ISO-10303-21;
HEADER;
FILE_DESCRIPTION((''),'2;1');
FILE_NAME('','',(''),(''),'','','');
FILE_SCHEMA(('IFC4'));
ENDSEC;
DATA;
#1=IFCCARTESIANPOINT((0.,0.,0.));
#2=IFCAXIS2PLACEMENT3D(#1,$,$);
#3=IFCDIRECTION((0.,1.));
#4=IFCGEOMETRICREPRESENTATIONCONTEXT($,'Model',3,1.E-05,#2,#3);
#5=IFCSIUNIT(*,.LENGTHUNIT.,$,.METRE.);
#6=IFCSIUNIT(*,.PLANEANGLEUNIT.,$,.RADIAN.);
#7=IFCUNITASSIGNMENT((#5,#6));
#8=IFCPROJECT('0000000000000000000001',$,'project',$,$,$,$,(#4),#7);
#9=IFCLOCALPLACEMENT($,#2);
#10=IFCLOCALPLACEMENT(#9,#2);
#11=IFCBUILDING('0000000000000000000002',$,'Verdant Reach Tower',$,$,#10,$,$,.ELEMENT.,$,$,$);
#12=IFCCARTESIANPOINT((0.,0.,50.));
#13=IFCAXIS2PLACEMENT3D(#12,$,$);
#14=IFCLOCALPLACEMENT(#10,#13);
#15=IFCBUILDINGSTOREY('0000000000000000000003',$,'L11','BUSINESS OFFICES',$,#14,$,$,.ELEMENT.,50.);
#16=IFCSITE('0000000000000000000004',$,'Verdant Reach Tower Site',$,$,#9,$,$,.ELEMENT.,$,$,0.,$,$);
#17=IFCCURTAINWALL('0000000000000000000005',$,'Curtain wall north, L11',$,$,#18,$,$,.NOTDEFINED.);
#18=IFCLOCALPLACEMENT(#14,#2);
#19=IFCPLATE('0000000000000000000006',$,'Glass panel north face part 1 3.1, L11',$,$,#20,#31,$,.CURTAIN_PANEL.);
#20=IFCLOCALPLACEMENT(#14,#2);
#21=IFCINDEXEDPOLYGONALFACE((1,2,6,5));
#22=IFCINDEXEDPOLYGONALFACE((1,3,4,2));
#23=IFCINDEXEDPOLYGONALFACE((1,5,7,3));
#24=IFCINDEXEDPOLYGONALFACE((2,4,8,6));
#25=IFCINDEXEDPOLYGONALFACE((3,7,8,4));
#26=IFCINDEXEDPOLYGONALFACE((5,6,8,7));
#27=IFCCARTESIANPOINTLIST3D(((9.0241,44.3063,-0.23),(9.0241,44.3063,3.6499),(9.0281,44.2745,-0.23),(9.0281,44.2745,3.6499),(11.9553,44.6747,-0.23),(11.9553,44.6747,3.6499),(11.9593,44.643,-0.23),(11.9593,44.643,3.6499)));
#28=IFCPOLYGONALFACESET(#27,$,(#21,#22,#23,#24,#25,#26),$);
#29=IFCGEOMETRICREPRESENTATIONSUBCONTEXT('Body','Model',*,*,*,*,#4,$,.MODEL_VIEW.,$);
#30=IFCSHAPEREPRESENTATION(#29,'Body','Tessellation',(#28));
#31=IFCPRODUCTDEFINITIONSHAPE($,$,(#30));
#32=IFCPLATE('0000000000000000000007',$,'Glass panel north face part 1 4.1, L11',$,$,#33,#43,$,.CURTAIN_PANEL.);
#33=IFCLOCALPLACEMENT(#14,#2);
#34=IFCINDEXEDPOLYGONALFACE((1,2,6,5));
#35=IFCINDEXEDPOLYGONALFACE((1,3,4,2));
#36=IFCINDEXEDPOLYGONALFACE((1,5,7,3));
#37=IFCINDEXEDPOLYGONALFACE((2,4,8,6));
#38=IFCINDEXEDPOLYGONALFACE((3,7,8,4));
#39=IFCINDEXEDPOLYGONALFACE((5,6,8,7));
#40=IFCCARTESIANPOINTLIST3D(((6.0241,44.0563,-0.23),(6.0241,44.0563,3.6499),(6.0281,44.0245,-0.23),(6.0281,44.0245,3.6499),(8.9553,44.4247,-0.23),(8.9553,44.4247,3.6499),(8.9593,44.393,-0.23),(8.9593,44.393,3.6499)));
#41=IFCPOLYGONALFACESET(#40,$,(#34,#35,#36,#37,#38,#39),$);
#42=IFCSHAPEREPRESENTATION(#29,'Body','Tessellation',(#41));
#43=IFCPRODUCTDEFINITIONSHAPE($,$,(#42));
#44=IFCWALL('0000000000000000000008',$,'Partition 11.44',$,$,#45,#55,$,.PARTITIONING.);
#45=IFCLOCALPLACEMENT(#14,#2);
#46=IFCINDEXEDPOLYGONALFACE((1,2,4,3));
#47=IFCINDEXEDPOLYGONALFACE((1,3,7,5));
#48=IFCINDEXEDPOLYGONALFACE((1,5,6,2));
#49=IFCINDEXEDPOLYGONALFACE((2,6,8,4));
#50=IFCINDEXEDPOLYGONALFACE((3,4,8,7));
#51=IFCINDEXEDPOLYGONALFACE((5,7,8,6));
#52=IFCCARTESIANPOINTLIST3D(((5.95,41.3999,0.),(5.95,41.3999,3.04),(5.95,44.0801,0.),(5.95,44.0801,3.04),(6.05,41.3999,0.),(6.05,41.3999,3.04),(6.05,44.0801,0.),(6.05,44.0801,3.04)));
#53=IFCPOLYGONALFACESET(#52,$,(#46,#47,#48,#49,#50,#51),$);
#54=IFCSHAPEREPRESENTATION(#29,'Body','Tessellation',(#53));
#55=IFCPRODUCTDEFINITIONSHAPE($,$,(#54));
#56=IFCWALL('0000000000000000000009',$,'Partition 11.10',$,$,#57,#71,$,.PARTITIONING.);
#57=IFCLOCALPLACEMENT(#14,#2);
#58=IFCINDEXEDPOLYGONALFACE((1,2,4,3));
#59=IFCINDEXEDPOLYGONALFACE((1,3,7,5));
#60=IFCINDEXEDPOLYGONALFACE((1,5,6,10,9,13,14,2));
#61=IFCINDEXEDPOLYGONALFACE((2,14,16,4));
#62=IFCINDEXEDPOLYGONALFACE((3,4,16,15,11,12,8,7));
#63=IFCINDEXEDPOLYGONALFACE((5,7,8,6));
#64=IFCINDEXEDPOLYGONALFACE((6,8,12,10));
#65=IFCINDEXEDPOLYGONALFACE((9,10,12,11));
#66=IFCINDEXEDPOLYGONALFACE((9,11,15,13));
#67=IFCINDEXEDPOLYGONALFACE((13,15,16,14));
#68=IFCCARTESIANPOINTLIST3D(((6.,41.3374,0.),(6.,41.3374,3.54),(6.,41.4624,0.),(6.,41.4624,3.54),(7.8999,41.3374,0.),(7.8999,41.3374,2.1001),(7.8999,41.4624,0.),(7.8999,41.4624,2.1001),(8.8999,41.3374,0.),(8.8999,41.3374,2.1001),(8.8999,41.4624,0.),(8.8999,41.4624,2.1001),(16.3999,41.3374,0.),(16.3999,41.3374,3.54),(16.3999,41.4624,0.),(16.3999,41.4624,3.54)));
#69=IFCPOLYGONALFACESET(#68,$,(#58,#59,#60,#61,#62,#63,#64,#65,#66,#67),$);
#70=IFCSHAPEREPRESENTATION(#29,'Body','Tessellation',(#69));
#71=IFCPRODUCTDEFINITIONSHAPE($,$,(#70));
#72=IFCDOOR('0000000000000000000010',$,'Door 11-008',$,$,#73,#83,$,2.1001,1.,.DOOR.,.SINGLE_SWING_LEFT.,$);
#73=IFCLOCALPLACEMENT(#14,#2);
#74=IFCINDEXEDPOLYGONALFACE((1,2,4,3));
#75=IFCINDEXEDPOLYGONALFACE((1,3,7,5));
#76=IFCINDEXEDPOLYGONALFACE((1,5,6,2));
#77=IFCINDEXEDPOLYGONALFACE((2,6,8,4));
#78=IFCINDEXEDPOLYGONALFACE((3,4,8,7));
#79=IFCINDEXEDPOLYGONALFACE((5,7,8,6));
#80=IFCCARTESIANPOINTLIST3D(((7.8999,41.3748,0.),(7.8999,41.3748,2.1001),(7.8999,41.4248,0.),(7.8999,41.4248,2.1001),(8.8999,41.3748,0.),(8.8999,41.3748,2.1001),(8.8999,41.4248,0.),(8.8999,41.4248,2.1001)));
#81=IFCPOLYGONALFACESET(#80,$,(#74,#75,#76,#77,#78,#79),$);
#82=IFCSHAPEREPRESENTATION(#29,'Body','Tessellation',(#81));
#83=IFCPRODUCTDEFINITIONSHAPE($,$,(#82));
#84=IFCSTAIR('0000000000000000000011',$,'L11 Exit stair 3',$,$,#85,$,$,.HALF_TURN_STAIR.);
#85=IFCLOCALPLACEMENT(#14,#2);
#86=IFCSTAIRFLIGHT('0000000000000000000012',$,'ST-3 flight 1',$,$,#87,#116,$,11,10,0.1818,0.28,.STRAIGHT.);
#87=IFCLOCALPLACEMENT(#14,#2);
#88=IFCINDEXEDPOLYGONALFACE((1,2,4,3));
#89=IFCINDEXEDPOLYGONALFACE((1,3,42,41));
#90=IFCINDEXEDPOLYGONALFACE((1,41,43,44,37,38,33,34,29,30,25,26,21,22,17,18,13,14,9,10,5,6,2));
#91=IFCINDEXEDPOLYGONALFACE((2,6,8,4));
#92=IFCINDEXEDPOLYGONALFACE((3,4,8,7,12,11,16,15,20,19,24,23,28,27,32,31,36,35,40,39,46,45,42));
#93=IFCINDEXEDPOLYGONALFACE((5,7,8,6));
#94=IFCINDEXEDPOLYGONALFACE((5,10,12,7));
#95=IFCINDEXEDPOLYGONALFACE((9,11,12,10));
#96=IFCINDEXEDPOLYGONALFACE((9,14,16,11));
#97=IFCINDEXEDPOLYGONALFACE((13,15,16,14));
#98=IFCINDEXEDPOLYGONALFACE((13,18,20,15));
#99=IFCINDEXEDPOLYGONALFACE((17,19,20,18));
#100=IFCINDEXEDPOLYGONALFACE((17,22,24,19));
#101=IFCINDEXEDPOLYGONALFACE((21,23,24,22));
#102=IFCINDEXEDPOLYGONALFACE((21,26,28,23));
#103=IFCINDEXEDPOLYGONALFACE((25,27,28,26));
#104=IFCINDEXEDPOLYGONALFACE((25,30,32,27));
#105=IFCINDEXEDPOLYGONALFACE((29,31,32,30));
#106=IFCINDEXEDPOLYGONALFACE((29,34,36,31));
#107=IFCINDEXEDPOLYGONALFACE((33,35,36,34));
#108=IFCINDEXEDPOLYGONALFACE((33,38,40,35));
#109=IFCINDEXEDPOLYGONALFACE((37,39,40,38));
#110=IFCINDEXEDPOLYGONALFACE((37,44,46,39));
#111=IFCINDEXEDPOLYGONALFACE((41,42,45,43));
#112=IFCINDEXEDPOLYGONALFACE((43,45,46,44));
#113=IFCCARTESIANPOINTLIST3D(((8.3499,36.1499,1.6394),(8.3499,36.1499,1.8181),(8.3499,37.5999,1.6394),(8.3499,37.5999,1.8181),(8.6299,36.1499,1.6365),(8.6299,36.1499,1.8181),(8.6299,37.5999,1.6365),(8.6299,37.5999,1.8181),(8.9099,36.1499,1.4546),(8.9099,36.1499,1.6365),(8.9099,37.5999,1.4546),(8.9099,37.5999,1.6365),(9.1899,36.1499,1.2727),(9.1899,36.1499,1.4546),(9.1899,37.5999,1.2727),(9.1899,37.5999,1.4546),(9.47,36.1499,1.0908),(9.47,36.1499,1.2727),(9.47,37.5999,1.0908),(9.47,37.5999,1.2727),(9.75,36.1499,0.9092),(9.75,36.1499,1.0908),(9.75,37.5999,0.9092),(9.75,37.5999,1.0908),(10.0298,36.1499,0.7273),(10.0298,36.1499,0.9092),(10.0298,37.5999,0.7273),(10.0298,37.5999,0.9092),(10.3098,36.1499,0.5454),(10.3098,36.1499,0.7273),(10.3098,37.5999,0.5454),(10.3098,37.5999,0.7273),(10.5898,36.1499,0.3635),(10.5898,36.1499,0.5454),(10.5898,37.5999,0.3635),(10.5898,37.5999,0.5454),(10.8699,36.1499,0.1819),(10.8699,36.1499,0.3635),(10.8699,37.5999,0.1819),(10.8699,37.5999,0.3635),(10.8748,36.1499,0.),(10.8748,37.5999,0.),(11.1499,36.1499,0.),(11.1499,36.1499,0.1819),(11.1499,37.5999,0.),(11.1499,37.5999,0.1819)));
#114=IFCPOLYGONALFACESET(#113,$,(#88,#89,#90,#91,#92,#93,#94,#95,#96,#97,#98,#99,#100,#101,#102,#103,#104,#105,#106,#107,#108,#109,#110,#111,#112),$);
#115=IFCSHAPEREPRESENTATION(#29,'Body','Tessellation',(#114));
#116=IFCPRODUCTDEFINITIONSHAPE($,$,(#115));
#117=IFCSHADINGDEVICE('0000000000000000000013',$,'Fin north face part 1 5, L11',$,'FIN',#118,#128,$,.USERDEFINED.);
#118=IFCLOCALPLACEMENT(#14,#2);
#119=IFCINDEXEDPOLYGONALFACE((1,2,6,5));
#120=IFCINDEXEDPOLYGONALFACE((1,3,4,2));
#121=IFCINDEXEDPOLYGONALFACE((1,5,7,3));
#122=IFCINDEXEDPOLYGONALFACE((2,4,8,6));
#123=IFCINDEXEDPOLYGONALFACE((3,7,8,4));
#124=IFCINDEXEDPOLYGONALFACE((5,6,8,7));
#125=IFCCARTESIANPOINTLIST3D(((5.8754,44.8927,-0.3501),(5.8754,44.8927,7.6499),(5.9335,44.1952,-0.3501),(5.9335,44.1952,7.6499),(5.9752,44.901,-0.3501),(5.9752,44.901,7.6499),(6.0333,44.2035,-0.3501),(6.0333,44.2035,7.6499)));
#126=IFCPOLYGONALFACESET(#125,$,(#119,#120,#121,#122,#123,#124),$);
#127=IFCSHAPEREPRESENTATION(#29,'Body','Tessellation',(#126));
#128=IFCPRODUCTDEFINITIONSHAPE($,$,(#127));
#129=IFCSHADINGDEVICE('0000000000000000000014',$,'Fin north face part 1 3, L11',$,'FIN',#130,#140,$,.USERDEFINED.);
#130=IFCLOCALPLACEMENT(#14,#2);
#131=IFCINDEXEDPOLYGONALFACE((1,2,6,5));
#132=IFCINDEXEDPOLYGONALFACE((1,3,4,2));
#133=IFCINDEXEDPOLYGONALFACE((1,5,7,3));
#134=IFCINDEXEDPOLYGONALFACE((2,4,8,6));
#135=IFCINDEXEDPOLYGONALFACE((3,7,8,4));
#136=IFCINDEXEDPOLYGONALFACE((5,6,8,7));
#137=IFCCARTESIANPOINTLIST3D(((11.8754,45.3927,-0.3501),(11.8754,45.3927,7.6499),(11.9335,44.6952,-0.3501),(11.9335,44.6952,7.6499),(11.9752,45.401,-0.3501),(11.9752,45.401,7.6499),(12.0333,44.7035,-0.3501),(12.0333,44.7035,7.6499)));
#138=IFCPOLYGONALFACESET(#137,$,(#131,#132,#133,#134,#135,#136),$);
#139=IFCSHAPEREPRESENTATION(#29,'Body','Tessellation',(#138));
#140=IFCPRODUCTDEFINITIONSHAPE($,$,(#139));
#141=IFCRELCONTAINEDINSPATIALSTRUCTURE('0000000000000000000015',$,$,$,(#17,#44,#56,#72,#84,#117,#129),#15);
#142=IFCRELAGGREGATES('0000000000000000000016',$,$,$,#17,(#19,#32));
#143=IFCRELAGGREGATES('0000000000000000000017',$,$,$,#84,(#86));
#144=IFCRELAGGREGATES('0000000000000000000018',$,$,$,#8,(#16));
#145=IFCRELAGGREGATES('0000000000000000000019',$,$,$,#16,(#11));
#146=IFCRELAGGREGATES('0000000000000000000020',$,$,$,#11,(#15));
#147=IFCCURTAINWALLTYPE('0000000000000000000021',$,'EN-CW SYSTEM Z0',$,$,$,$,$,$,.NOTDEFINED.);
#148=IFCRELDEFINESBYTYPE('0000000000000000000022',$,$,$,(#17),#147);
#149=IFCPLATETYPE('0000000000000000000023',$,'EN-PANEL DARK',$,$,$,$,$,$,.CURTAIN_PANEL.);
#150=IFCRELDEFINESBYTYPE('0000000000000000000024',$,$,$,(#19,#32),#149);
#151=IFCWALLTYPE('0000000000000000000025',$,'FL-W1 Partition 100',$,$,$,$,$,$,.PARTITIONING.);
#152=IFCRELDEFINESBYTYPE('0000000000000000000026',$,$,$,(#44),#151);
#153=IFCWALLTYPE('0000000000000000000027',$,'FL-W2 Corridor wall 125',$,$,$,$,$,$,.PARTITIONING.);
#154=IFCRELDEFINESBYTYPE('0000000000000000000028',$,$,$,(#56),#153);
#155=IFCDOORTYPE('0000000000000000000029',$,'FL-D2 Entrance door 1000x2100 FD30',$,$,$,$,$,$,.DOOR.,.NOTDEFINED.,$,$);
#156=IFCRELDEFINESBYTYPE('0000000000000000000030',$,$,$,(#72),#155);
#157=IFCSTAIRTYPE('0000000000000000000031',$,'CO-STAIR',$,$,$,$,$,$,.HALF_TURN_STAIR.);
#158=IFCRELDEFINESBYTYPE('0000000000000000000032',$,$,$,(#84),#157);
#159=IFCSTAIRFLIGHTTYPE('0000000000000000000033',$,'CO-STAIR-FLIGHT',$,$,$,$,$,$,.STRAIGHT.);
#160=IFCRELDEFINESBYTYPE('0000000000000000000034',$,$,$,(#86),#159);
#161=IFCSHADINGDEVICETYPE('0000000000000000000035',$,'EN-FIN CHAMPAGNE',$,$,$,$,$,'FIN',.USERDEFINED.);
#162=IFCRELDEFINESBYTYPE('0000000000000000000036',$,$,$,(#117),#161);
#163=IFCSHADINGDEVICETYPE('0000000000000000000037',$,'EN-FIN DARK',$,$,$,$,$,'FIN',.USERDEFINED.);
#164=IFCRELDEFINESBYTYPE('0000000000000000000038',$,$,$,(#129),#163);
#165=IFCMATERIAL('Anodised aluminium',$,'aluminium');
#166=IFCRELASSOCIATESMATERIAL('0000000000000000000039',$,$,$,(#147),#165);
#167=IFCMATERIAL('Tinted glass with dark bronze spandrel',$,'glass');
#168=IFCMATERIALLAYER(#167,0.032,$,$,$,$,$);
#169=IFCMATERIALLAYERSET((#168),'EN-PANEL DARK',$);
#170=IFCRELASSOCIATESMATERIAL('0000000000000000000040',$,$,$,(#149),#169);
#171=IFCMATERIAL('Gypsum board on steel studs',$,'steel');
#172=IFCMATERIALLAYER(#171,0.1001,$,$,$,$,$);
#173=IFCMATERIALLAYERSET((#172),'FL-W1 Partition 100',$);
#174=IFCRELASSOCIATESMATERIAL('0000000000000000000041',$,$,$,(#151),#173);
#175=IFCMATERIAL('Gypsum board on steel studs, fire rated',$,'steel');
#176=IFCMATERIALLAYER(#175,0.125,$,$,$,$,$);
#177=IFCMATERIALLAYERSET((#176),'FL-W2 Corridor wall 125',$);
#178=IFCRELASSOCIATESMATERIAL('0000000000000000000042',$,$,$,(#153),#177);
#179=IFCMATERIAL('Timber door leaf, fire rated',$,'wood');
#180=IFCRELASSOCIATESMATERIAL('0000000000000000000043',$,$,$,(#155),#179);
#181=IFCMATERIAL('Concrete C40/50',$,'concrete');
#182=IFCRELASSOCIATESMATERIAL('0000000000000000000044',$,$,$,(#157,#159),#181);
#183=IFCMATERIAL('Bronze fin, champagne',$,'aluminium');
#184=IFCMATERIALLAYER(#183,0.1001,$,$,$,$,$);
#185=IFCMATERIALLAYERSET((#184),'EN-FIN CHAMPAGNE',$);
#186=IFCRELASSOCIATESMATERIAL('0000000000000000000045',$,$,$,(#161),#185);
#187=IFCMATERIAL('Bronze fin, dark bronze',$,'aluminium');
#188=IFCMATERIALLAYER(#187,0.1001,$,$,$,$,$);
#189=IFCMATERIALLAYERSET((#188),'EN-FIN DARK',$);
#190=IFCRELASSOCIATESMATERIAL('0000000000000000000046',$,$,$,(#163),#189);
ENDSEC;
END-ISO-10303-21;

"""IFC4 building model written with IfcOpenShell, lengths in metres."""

from ifc_helpers import new_model, si_unit, direction, frame, frame_2d, origin, origin_2d, place, context, subcontext, project, spatial, polyline, rectangle, outline, extrude, material, layer, layer_set, type_object, element, fill, aggregate, save


model = new_model("IFC4")

# Units and contexts
model_context = context("Model", 3, precision=1e-05, world=origin(), true_north=direction((0.0, 1.0)))
body_context = subcontext(model_context, "Body", "Model", "MODEL_VIEW")
ifc_project = project(units=[si_unit("LENGTHUNIT", "METRE"), si_unit("PLANEANGLEUNIT", "RADIAN")], contexts=[model_context])

# Site, building, storey
site_placement = place(None, origin())
site = spatial("IfcSite", under=ifc_project, at=site_placement, Name="Verdant Reach Tower Site", CompositionType="ELEMENT", RefElevation=0.0)
building_placement = place(site_placement, origin())
building = spatial("IfcBuilding", under=site, at=building_placement, Name="Verdant Reach Tower", CompositionType="ELEMENT")
storey_placement = place(building_placement, frame((0.0, 0.0, 50.0)))
storey = spatial("IfcBuildingStorey", under=building, at=storey_placement, Name="L11", Description="BUSINESS OFFICES", CompositionType="ELEMENT", Elevation=50.0)

# Curtain wall
ifc_material_1 = material(Name="Anodised aluminium", Category="aluminium")
curtain_wall_type = type_object("IfcCurtainWallType", Name="EN-CW SYSTEM Z0", PredefinedType="NOTDEFINED", material=ifc_material_1)
curtain_wall_placement = place(storey_placement, origin())
curtain_wall = element("IfcCurtainWall", 1, at=curtain_wall_placement, inside=storey, type_object=curtain_wall_type, Name="Curtain wall north, L11", PredefinedType="NOTDEFINED")

# Plates
ifc_material_2 = material(Name="Tinted glass with dark bronze spandrel", Category="glass")
ifc_layer_1 = layer(ifc_material_2, 0.032)
ifc_layer_set_1 = layer_set([ifc_layer_1], Name="EN-PANEL DARK")
plate_type_1 = type_object("IfcPlateType", Name="EN-PANEL DARK", PredefinedType="CURTAIN_PANEL", material=ifc_layer_set_1)
plate_1_placement = place(storey_placement, frame((10.4917, 44.4746, -0.23), z_axis=(0.0, 0.0, 1.0), x_axis=(-0.992194, -0.124704, 0.0)))
plate_1 = element("IfcPlate", 2, at=plate_1_placement, type_object=plate_type_1, Name="Glass panel north face part 1 3.1, L11", PredefinedType="CURTAIN_PANEL", context=body_context, shape_type="SweptSolid", body=[
    extrude(rectangle(XDim=2.9543, YDim=0.032, at=origin_2d()), origin(), (0.0, 0.0, 1.0), 3.8799),
])
plate_2_placement = place(storey_placement, frame((7.4917, 44.2246, -0.23), z_axis=(0.0, 0.0, 1.0), x_axis=(-0.992194, -0.124704, 0.0)))
plate_2 = element("IfcPlate", 3, at=plate_2_placement, type_object=plate_type_1, Name="Glass panel north face part 1 4.1, L11", PredefinedType="CURTAIN_PANEL", context=body_context, shape_type="SweptSolid", body=[
    extrude(rectangle(XDim=2.9543, YDim=0.032, at=origin_2d()), origin(), (0.0, 0.0, 1.0), 3.8799),
])
aggregate(curtain_wall, [plate_1, plate_2])

# Wall
ifc_material_3 = material(Name="Gypsum board on steel studs", Category="steel")
ifc_layer_2 = layer(ifc_material_3, 0.1001)
ifc_layer_set_2 = layer_set([ifc_layer_2], Name="FL-W1 Partition 100")
wall_type_1 = type_object("IfcWallType", Name="FL-W1 Partition 100", PredefinedType="PARTITIONING", material=ifc_layer_set_2)
wall_1_placement = place(storey_placement, frame((6.0, 41.3999, 0.0), z_axis=(0.0, 0.0, 1.0), x_axis=(0.0, 1.0, 0.0)))
element("IfcWall", 4, at=wall_1_placement, inside=storey, type_object=wall_type_1, Name="Partition 11.44", PredefinedType="PARTITIONING", context=body_context, shape_type="SweptSolid", body=[
    extrude(rectangle(XDim=2.6802, YDim=0.1001, at=frame_2d((1.3401, 0.0))), origin(), (0.0, 0.0, 1.0), 3.04),
])

# Wall, opening, door
ifc_material_4 = material(Name="Gypsum board on steel studs, fire rated", Category="steel")
ifc_layer_3 = layer(ifc_material_4, 0.125)
ifc_layer_set_3 = layer_set([ifc_layer_3], Name="FL-W2 Corridor wall 125")
wall_type_2 = type_object("IfcWallType", Name="FL-W2 Corridor wall 125", PredefinedType="PARTITIONING", material=ifc_layer_set_3)
wall_2_placement = place(storey_placement, frame((6.0, 41.3999, 0.0), z_axis=(0.0, 0.0, 1.0), x_axis=(1.0, 0.0, 0.0)))
wall_2 = element("IfcWall", 5, at=wall_2_placement, inside=storey, type_object=wall_type_2, Name="Partition 11.10", PredefinedType="PARTITIONING", context=body_context, shape_type="SweptSolid", body=[
    extrude(rectangle(XDim=10.3999, YDim=0.125, at=frame_2d((5.2, 0.0))), origin(), (0.0, 0.0, 1.0), 3.54),
])
opening_placement = place(wall_2_placement, frame((1.8999, 0.0, 0.0)))
opening = element("IfcOpeningElement", 6, at=opening_placement, cuts=wall_2, PredefinedType="OPENING", context=body_context, shape_type="SweptSolid", body=[
    extrude(rectangle(XDim=1.0, YDim=2.1001, at=frame_2d((0.5, 1.05))), frame((0.0, 0.0725, 0.0), z_axis=(0.0, -1.0, 0.0), x_axis=(1.0, 0.0, 0.0)), (0.0, 0.0, 1.0), 0.145),
])
ifc_material_5 = material(Name="Timber door leaf, fire rated", Category="wood")
door_type = type_object("IfcDoorType", Name="FL-D2 Entrance door 1000x2100 FD30", OperationType="NOTDEFINED", PredefinedType="DOOR", material=ifc_material_5)
door_placement = place(opening_placement, origin())
door = element("IfcDoor", 7, at=door_placement, inside=storey, type_object=door_type, Name="Door 11-008", OperationType="SINGLE_SWING_LEFT", OverallHeight=2.1001, OverallWidth=1.0, PredefinedType="DOOR", context=body_context, shape_type="SweptSolid", body=[
    extrude(rectangle(XDim=1.0, YDim=2.1001, at=frame_2d((0.5, 1.05))), frame((0.0, 0.0249, 0.0), z_axis=(0.0, -1.0, 0.0), x_axis=(1.0, 0.0, 0.0)), (0.0, 0.0, 1.0), 0.05),
])
fill(opening, door)

# Stair, stair flight
ifc_material_6 = material(Name="Concrete C40/50", Category="concrete")
stair_type = type_object("IfcStairType", Name="CO-STAIR", PredefinedType="HALF_TURN_STAIR", material=ifc_material_6)
stair_placement = place(storey_placement, origin())
stair = element("IfcStair", 8, at=stair_placement, inside=storey, type_object=stair_type, Name="L11 Exit stair 3", PredefinedType="HALF_TURN_STAIR")
stair_flight_type = type_object("IfcStairFlightType", Name="CO-STAIR-FLIGHT", PredefinedType="STRAIGHT", material=ifc_material_6)
stair_flight_placement = place(storey_placement, frame((11.1499, 36.875, 0.0), z_axis=(0.0, 0.0, 1.0), x_axis=(-1.0, 0.0, 0.0)))
stair_flight = element("IfcStairFlight", 9, at=stair_flight_placement, type_object=stair_flight_type, Name="ST-3 flight 1", NumberOfRisers=11, NumberOfTreads=10, PredefinedType="STRAIGHT", RiserHeight=0.1818, TreadLength=0.28, context=body_context, shape_type="SweptSolid", body=[
    extrude(outline(polyline([(0.0, 0.0), (0.0, 0.1819), (0.28, 0.1819), (0.28, 0.3635), (0.5601, 0.3635), (0.5601, 0.5454), (0.8401, 0.5454), (0.8401, 0.7273), (1.1201, 0.7273), (1.1201, 0.9092), (1.3999, 0.9092), (1.3999, 1.0908), (1.6799, 1.0908), (1.6799, 1.2727), (1.96, 1.2727), (1.96, 1.4546), (2.24, 1.4546), (2.24, 1.6365), (2.52, 1.6365), (2.52, 1.8181), (2.8, 1.8181), (2.8, 2.0), (2.8, 1.6394), (0.2751, 0.0), (0.0, 0.0)])), frame((0.0, 0.7251, 0.0), z_axis=(0.0, -1.0, 0.0), x_axis=(1.0, 0.0, 0.0)), (0.0, 0.0, 1.0), 1.45),
])
aggregate(stair, [stair_flight])

# Shading devices
ifc_material_7 = material(Name="Bronze fin, champagne", Category="aluminium")
ifc_layer_4 = layer(ifc_material_7, 0.1001)
ifc_layer_set_4 = layer_set([ifc_layer_4], Name="EN-FIN CHAMPAGNE")
shading_device_type_1 = type_object("IfcShadingDeviceType", Name="EN-FIN CHAMPAGNE", ElementType="FIN", PredefinedType="USERDEFINED", material=ifc_layer_set_4)
shading_device_1_placement = place(storey_placement, frame((5.9543, 44.5481, -0.3501), z_axis=(0.0, 0.0, 1.0), x_axis=(-0.996546, -0.083045, 0.0)))
element("IfcShadingDevice", 10, at=shading_device_1_placement, inside=storey, type_object=shading_device_type_1, Name="Fin north face part 1 5, L11", ObjectType="FIN", PredefinedType="USERDEFINED", context=body_context, shape_type="SweptSolid", body=[
    extrude(rectangle(XDim=0.1001, YDim=0.7, at=origin_2d()), origin(), (0.0, 0.0, 1.0), 8.0),
])
ifc_material_8 = material(Name="Bronze fin, dark bronze", Category="aluminium")
ifc_layer_5 = layer(ifc_material_8, 0.1001)
ifc_layer_set_5 = layer_set([ifc_layer_5], Name="EN-FIN DARK")
shading_device_type_2 = type_object("IfcShadingDeviceType", Name="EN-FIN DARK", ElementType="FIN", PredefinedType="USERDEFINED", material=ifc_layer_set_5)
shading_device_2_placement = place(storey_placement, frame((11.9543, 45.0481, -0.3501), z_axis=(0.0, 0.0, 1.0), x_axis=(-0.996546, -0.083045, 0.0)))
element("IfcShadingDevice", 11, at=shading_device_2_placement, inside=storey, type_object=shading_device_type_2, Name="Fin north face part 1 3, L11", ObjectType="FIN", PredefinedType="USERDEFINED", context=body_context, shape_type="SweptSolid", body=[
    extrude(rectangle(XDim=0.1001, YDim=0.7, at=origin_2d()), origin(), (0.0, 0.0, 1.0), 8.0),
])

save(model, "model.ifc")
